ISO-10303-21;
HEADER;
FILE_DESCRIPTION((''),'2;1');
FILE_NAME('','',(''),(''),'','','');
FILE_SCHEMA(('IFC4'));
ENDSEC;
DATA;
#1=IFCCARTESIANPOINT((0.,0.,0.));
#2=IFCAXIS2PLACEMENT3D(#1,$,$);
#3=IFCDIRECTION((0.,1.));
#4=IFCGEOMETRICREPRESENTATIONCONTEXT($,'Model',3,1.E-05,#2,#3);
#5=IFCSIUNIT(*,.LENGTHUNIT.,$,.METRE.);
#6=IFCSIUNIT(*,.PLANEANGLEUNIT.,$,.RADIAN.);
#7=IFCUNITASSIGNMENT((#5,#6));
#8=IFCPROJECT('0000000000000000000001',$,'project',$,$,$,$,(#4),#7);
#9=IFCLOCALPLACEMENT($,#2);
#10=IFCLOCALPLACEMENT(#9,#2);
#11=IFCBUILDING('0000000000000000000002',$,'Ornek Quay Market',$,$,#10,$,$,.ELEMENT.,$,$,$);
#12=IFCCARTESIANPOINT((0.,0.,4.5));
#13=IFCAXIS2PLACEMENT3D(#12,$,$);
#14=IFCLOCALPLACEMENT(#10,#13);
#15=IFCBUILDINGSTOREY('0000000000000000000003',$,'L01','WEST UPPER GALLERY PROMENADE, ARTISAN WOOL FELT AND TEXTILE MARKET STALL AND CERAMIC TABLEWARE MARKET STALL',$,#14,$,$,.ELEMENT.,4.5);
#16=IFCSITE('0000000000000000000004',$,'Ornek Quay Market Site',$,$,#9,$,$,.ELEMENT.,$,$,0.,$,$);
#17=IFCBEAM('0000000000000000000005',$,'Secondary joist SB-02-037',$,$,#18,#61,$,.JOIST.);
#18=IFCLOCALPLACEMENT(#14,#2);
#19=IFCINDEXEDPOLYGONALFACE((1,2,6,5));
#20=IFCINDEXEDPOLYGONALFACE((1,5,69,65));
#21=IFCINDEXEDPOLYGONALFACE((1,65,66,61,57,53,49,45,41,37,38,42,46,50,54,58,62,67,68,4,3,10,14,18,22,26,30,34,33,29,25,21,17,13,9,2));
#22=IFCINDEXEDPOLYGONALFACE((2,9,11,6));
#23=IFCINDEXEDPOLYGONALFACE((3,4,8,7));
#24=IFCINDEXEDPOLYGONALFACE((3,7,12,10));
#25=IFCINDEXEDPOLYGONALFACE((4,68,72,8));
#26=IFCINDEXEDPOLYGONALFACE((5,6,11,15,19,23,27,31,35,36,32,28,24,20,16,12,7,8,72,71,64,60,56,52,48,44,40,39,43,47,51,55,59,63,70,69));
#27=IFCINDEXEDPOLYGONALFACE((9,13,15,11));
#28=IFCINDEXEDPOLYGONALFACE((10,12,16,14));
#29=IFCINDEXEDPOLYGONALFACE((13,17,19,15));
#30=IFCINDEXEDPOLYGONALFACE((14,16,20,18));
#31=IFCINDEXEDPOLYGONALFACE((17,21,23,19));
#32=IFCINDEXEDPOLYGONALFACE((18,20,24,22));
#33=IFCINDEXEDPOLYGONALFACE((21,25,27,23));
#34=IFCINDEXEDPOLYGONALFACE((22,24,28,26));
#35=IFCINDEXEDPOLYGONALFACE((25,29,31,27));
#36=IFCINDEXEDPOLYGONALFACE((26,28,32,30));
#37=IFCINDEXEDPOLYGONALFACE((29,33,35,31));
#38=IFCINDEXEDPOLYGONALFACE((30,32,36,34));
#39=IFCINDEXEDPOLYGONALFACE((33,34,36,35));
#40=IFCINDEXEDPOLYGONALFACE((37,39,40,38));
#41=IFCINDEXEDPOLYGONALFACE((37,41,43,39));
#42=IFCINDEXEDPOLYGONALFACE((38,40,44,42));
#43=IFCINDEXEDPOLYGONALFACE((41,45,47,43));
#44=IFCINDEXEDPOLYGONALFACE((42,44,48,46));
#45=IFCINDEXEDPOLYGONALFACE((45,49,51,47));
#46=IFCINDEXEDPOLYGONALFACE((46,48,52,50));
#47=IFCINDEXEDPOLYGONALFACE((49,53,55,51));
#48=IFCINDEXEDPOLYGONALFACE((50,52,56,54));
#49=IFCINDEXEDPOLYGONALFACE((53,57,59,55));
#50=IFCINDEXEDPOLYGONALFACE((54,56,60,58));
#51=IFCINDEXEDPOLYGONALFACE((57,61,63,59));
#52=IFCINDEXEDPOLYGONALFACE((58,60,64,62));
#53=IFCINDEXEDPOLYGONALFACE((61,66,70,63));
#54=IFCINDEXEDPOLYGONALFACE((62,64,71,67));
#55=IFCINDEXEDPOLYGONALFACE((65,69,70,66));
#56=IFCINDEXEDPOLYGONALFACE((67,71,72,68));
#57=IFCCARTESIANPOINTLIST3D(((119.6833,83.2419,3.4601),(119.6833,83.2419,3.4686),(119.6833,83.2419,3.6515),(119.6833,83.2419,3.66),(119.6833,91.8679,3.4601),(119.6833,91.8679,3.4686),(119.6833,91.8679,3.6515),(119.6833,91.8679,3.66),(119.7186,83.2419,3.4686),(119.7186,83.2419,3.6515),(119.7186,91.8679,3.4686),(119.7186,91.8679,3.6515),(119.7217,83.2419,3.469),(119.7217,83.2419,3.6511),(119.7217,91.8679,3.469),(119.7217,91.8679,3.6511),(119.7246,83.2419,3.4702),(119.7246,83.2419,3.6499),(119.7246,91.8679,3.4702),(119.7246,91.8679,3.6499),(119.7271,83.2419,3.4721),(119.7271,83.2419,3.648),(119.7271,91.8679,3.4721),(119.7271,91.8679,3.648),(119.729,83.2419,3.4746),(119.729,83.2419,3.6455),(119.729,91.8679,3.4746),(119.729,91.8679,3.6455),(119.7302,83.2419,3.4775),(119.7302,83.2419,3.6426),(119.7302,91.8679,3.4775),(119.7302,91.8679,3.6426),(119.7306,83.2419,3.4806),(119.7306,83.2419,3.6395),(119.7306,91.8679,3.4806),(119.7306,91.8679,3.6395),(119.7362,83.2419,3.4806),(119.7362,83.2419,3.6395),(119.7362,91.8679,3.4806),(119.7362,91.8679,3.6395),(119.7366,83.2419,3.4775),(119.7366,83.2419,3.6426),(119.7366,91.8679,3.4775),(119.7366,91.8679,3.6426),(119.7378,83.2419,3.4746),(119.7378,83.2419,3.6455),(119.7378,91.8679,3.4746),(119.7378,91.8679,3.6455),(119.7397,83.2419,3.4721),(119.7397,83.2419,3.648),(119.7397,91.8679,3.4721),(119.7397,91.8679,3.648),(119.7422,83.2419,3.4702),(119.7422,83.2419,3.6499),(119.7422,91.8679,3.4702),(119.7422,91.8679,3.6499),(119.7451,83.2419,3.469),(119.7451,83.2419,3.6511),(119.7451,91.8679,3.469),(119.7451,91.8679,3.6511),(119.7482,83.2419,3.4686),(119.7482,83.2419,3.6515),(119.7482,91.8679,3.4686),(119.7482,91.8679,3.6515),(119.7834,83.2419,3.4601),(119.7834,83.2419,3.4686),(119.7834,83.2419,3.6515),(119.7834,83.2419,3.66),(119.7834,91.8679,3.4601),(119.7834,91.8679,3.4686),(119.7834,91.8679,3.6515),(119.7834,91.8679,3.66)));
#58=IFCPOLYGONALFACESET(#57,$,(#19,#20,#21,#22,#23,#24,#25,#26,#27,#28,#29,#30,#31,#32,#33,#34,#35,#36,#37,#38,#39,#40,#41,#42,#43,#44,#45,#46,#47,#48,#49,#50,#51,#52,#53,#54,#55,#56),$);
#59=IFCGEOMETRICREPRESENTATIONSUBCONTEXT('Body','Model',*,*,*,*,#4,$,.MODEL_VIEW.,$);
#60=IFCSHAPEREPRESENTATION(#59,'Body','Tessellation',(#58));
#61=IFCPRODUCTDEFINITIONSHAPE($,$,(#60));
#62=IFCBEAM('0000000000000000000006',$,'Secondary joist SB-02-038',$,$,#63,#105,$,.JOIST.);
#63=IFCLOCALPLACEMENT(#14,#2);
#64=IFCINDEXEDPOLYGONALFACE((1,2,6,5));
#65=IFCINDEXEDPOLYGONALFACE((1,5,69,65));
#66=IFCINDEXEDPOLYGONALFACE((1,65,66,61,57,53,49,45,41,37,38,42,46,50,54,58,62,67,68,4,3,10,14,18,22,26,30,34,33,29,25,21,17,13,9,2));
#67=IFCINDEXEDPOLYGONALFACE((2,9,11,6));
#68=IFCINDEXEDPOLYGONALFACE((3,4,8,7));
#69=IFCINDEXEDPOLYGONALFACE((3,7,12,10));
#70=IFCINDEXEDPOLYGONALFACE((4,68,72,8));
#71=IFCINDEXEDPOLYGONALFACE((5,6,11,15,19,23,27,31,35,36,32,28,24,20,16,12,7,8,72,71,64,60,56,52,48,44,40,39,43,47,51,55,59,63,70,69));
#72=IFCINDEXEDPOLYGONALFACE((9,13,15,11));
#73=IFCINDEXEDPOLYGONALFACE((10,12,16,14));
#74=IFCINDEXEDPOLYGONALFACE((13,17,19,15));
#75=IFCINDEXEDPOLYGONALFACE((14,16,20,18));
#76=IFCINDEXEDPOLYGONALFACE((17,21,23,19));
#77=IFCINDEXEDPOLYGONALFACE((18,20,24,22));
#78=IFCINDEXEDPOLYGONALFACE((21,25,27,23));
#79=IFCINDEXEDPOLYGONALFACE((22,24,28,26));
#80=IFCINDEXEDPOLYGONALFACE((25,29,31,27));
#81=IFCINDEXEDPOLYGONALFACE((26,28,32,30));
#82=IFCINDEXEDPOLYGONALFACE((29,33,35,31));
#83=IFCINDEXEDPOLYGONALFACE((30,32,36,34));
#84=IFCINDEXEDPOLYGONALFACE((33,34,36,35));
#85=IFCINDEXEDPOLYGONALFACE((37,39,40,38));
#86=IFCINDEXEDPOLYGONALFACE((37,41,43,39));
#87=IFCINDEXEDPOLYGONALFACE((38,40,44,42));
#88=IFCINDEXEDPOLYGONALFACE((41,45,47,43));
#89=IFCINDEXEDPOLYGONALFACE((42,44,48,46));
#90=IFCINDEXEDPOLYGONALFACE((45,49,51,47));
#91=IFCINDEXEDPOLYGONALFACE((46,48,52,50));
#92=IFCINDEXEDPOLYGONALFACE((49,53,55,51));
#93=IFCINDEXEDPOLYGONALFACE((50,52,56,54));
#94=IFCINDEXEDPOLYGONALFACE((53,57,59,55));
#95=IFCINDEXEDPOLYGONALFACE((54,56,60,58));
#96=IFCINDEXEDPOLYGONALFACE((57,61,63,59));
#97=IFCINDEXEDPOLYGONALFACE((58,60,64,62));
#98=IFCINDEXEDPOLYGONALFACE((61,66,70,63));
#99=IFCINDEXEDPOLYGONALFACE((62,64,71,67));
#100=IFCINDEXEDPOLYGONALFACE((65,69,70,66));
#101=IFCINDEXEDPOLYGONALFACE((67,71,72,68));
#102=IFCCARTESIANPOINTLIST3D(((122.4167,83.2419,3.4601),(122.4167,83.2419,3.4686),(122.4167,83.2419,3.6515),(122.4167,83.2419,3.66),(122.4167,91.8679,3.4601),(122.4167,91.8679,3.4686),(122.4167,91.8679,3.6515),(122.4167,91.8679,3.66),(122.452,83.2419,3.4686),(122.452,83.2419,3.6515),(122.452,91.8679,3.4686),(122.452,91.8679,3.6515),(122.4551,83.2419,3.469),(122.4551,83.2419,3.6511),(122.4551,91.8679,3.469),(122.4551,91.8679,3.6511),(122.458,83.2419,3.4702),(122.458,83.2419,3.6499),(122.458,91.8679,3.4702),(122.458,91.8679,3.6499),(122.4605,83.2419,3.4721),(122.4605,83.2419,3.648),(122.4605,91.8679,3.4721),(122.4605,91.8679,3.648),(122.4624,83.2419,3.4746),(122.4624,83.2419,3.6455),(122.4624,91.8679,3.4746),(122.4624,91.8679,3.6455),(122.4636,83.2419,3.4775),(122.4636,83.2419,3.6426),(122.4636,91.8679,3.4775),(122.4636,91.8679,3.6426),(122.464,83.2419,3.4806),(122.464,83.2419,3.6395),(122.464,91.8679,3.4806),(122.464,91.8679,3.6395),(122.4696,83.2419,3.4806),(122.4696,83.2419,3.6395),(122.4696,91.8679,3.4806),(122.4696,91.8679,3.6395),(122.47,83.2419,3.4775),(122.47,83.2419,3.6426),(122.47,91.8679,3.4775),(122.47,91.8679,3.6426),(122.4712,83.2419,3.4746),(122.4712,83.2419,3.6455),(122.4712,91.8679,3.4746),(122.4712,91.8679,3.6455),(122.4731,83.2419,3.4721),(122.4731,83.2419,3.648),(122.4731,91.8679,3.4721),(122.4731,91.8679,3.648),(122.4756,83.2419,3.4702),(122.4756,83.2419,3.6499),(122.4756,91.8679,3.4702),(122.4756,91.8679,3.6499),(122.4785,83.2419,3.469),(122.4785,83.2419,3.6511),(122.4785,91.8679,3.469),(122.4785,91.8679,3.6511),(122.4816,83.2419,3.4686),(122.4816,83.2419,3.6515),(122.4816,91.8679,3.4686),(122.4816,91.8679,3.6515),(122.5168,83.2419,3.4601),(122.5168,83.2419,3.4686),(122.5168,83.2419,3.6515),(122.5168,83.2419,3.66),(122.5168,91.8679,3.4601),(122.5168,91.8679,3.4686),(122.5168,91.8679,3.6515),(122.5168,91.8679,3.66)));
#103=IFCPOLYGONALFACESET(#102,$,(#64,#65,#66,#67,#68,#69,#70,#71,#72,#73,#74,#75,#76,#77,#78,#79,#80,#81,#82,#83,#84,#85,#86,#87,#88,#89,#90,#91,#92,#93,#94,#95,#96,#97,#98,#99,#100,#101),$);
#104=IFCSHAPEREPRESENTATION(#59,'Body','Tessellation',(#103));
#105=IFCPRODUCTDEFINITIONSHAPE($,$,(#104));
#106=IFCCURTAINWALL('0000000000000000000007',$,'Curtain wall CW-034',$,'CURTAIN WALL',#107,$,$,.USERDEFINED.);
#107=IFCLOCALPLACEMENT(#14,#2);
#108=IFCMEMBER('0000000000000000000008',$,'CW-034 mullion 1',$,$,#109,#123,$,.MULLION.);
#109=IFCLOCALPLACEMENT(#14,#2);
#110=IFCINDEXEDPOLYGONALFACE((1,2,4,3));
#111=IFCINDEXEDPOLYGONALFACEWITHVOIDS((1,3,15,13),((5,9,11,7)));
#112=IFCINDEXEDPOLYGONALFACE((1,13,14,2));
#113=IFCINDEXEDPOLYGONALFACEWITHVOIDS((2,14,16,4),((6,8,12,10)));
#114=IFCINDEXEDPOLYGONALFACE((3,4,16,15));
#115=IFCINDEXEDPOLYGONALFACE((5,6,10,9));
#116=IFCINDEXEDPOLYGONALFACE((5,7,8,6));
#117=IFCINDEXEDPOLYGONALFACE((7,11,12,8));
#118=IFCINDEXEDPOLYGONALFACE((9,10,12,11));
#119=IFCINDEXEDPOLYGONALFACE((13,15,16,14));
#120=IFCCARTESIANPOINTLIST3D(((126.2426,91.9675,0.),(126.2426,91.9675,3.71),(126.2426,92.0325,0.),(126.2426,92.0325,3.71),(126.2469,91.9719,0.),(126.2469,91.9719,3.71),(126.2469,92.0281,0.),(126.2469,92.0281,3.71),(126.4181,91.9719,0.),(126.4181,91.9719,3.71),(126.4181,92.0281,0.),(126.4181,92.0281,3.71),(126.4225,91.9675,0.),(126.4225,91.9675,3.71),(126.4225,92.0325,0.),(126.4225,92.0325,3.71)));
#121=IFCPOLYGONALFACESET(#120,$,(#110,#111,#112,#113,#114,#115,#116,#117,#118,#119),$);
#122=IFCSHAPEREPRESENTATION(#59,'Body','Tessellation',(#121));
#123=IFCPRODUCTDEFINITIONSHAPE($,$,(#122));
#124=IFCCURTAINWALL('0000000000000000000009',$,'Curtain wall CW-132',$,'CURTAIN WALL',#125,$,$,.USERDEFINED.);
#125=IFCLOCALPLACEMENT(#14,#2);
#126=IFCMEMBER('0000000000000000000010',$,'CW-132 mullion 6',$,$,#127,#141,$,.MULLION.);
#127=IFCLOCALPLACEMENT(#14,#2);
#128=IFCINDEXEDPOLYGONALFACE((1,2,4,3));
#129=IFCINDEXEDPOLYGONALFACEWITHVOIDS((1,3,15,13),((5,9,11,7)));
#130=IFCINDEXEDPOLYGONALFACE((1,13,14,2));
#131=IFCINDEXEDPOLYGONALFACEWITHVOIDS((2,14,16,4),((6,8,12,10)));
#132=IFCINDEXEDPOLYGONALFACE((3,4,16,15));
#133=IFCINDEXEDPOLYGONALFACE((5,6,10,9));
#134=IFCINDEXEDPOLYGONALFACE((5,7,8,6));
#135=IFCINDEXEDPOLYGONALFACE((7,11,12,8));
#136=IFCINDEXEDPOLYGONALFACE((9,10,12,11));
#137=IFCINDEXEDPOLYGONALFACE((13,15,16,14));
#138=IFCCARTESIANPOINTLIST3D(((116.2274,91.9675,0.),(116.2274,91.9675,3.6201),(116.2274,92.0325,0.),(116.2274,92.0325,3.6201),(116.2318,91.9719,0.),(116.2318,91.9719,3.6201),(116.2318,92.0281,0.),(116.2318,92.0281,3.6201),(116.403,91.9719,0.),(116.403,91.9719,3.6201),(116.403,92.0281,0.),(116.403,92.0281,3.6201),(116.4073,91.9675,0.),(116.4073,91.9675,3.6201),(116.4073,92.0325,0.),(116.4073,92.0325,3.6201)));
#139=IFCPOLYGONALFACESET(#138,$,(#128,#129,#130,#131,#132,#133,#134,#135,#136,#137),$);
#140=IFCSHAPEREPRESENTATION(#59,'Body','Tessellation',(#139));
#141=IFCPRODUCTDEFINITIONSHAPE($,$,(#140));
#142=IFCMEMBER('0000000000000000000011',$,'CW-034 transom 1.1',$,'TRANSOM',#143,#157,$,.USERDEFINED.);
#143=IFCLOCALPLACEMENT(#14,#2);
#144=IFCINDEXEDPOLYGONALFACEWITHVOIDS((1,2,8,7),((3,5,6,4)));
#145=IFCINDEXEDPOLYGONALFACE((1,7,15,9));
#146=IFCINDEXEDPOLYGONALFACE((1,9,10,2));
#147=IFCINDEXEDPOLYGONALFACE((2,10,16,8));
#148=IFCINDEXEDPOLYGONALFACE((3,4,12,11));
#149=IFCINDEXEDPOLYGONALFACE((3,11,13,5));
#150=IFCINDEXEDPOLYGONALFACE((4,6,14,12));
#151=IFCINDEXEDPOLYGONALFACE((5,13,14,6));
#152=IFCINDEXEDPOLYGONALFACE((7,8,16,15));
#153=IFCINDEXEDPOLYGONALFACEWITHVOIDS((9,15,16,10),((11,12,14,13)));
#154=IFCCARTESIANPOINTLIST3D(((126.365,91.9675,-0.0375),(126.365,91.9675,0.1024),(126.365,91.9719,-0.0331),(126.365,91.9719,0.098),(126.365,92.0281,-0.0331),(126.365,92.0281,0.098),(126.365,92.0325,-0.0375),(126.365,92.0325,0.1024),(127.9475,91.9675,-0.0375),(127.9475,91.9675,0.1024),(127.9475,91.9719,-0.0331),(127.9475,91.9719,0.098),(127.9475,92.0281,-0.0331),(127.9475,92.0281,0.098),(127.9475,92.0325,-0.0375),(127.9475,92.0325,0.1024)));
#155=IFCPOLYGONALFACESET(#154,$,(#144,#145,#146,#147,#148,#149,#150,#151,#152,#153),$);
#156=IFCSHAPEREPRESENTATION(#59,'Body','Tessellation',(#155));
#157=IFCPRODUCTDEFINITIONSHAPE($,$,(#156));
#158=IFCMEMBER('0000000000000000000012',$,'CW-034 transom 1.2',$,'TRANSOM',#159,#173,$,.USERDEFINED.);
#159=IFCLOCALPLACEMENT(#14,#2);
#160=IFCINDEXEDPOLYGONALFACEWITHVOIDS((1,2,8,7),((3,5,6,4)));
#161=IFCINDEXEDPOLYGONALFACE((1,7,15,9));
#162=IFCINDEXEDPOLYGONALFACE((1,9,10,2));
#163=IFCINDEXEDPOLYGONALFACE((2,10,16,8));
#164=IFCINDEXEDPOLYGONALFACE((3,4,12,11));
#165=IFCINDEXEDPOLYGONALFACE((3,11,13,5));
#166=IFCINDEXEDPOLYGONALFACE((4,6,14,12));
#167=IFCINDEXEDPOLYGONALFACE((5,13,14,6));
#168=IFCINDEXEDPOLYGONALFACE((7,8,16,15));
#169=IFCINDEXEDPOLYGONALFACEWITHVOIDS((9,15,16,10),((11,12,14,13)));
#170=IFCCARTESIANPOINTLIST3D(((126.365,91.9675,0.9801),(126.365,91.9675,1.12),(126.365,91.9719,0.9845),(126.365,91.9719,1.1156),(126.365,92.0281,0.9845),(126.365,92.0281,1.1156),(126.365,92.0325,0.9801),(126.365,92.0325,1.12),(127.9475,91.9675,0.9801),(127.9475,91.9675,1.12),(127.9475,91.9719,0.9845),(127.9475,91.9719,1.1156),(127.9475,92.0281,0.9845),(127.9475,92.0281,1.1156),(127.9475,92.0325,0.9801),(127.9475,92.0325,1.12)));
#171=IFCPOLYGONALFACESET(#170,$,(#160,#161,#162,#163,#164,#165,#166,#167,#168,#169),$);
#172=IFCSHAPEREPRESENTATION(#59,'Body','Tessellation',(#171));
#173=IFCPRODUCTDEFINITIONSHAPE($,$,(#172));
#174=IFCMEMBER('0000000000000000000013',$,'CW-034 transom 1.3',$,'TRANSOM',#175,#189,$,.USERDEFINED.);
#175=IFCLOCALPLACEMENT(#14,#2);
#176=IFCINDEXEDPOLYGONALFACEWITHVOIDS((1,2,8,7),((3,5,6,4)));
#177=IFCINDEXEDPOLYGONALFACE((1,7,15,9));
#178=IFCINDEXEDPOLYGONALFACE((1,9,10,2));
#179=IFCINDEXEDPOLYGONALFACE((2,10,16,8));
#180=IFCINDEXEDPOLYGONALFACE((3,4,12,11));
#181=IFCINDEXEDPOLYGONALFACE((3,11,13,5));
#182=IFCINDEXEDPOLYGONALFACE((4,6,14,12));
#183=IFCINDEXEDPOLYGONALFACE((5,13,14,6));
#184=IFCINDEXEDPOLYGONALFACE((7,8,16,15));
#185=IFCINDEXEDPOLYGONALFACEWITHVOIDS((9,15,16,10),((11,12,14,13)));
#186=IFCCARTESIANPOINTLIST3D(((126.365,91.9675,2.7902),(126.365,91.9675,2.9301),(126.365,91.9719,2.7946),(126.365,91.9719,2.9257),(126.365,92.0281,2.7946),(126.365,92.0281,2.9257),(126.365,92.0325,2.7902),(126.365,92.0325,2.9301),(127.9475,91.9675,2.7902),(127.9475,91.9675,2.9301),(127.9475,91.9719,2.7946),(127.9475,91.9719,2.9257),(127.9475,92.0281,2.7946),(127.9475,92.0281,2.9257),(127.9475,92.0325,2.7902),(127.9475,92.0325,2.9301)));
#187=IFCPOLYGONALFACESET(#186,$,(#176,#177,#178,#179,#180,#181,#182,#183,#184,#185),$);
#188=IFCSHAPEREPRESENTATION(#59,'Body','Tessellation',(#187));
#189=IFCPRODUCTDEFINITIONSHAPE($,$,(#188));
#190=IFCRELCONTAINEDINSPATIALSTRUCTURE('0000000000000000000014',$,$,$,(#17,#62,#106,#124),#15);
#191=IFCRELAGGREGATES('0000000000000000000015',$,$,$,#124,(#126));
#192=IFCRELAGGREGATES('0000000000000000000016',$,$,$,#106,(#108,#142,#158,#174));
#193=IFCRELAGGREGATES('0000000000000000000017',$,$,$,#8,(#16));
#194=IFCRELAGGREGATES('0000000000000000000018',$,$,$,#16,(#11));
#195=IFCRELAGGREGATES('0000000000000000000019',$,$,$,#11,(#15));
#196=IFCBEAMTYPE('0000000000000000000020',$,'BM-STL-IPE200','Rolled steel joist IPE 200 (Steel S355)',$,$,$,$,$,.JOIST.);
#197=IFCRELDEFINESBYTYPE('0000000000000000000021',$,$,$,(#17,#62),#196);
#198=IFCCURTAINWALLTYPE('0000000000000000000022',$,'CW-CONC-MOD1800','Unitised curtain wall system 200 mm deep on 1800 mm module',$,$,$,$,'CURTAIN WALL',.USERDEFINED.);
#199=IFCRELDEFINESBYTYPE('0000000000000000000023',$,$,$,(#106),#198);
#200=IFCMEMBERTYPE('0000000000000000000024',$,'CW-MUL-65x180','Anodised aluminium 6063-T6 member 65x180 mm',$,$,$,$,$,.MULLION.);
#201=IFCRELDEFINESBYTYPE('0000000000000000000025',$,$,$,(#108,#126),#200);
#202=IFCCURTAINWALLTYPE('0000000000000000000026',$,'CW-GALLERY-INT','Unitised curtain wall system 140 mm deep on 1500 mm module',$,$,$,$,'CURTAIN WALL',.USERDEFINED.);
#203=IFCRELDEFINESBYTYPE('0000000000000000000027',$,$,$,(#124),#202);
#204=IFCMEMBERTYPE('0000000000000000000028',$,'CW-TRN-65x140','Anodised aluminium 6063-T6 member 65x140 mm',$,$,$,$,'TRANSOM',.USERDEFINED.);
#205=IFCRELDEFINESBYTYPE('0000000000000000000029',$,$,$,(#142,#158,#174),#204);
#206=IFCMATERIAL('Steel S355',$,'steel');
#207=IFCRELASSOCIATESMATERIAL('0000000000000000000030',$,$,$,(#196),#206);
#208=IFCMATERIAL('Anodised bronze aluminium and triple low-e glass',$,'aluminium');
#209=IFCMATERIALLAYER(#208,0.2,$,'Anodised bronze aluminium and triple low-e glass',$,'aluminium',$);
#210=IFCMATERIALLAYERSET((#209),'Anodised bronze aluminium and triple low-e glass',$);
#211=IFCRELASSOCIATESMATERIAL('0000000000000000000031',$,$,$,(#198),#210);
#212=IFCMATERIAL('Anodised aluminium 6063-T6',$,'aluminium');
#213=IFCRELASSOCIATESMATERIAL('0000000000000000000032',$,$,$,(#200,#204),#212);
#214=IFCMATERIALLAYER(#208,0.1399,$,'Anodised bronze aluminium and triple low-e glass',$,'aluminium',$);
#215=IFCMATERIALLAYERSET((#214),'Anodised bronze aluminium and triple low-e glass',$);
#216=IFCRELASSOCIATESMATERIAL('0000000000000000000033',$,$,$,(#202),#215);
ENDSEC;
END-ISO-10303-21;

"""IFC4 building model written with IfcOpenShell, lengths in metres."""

from ifc_helpers import new_model, si_unit, direction, frame, origin, origin_2d, place, context, subcontext, project, spatial, hollow_rectangle, i_section, extrude, material, layer, layer_set, material_profile, profile_set, type_object, element, aggregate, save


model = new_model("IFC4")

# Units and contexts
model_context = context("Model", 3, precision=1e-05, world=origin(), true_north=direction((0.0, 1.0)))
body_context = subcontext(model_context, "Body", "Model", "MODEL_VIEW")
ifc_project = project(units=[si_unit("LENGTHUNIT", "METRE"), si_unit("PLANEANGLEUNIT", "RADIAN")], contexts=[model_context])

# Site, building, storey
site_placement = place(None, origin())
site = spatial("IfcSite", under=ifc_project, at=site_placement, Name="Ornek Quay Market Site", CompositionType="ELEMENT", RefElevation=0.0)
building_placement = place(site_placement, origin())
building = spatial("IfcBuilding", under=site, at=building_placement, Name="Ornek Quay Market", CompositionType="ELEMENT")
storey_placement = place(building_placement, frame((0.0, 0.0, 4.5)))
storey = spatial("IfcBuildingStorey", under=building, at=storey_placement, Name="L01", Description="WEST UPPER GALLERY PROMENADE, ARTISAN WOOL FELT AND TEXTILE MARKET STALL AND CERAMIC TABLEWARE MARKET STALL", CompositionType="ELEMENT", Elevation=4.5)

# Beams
ifc_material_1 = material(Name="Steel S355", Category="steel")
ifc_material_profile_1 = material_profile(ifc_material_1, i_section(OverallWidth=0.1001, OverallDepth=0.2, WebThickness=0.0056, FlangeThickness=0.0085, FilletRadius=0.012, at=origin_2d()), Name="IPE 200", Category="steel")
ifc_profile_set_1 = profile_set([ifc_material_profile_1], Name="Steel S355")
beam_type_1 = type_object("IfcBeamType", Name="BM-STL-IPE200", Description="Rolled steel joist IPE 200 (Steel S355)", PredefinedType="JOIST", material=ifc_profile_set_1)
for number, where, z_axis, x_axis, name in (
    (1, (119.7334, 83.2419, 3.5601), (0.0, 1.0, 0.0), (-1.0, 0.0, 0.0), "Secondary joist SB-02-037"),
    (2, (122.4668, 83.2419, 3.5601), (0.0, 1.0, 0.0), (-1.0, 0.0, 0.0), "Secondary joist SB-02-038"),
):
    element("IfcBeam", number, at=place(storey_placement, frame(where, z_axis=z_axis, x_axis=x_axis)), inside=storey, type_object=beam_type_1, Name=name, PredefinedType="JOIST", context=body_context, shape_type="SweptSolid", body=[
        extrude(i_section(OverallWidth=0.1001, OverallDepth=0.2, WebThickness=0.0056, FlangeThickness=0.0085, FilletRadius=0.012, at=origin_2d()), origin(), (0.0, 0.0, 1.0), 8.626),
    ])

# Curtain walls, members
ifc_material_2 = material(Name="Anodised bronze aluminium and triple low-e glass", Category="aluminium")
ifc_layer_1 = layer(ifc_material_2, 0.2, Name="Anodised bronze aluminium and triple low-e glass", Category="aluminium")
ifc_layer_set_1 = layer_set([ifc_layer_1], Name="Anodised bronze aluminium and triple low-e glass")
curtain_wall_type_1 = type_object("IfcCurtainWallType", Name="CW-CONC-MOD1800", Description="Unitised curtain wall system 200 mm deep on 1800 mm module", ElementType="CURTAIN WALL", PredefinedType="USERDEFINED", material=ifc_layer_set_1)
curtain_wall_1_placement = place(storey_placement, origin())
curtain_wall_1 = element("IfcCurtainWall", 3, at=curtain_wall_1_placement, inside=storey, type_object=curtain_wall_type_1, Name="Curtain wall CW-034", ObjectType="CURTAIN WALL", PredefinedType="USERDEFINED")
ifc_material_3 = material(Name="Anodised aluminium 6063-T6", Category="aluminium")
ifc_material_profile_2 = material_profile(ifc_material_3, hollow_rectangle(XDim=0.0649, YDim=0.1799, WallThickness=0.0044, at=origin_2d()), Name="CW-MUL-65x180", Category="aluminium")
ifc_profile_set_2 = profile_set([ifc_material_profile_2], Name="Anodised aluminium 6063-T6")
member_type_1 = type_object("IfcMemberType", Name="CW-MUL-65x180", Description="Anodised aluminium 6063-T6 member 65x180 mm", PredefinedType="MULLION", material=ifc_profile_set_2)
member_1_placement = place(storey_placement, frame((126.3325, 92.0, 0.0), z_axis=(0.0, 0.0, 1.0), x_axis=(0.0, 1.0, 0.0)))
member_1 = element("IfcMember", 4, at=member_1_placement, type_object=member_type_1, Name="CW-034 mullion 1", PredefinedType="MULLION", context=body_context, shape_type="SweptSolid", body=[
    extrude(hollow_rectangle(XDim=0.0649, YDim=0.1799, WallThickness=0.0044, at=origin_2d()), origin(), (0.0, 0.0, 1.0), 3.71),
])
ifc_layer_2 = layer(ifc_material_2, 0.1399, Name="Anodised bronze aluminium and triple low-e glass", Category="aluminium")
ifc_layer_set_2 = layer_set([ifc_layer_2], Name="Anodised bronze aluminium and triple low-e glass")
curtain_wall_type_2 = type_object("IfcCurtainWallType", Name="CW-GALLERY-INT", Description="Unitised curtain wall system 140 mm deep on 1500 mm module", ElementType="CURTAIN WALL", PredefinedType="USERDEFINED", material=ifc_layer_set_2)
curtain_wall_2_placement = place(storey_placement, origin())
curtain_wall_2 = element("IfcCurtainWall", 5, at=curtain_wall_2_placement, inside=storey, type_object=curtain_wall_type_2, Name="Curtain wall CW-132", ObjectType="CURTAIN WALL", PredefinedType="USERDEFINED")
member_2_placement = place(storey_placement, frame((116.3174, 92.0, 0.0), z_axis=(0.0, 0.0, 1.0), x_axis=(0.0, 1.0, 0.0)))
member_2 = element("IfcMember", 6, at=member_2_placement, type_object=member_type_1, Name="CW-132 mullion 6", PredefinedType="MULLION", context=body_context, shape_type="SweptSolid", body=[
    extrude(hollow_rectangle(XDim=0.0649, YDim=0.1799, WallThickness=0.0044, at=origin_2d()), origin(), (0.0, 0.0, 1.0), 3.6201),
])

# Members
ifc_material_profile_3 = material_profile(ifc_material_3, hollow_rectangle(XDim=0.0649, YDim=0.1399, WallThickness=0.0044, at=origin_2d()), Name="CW-TRN-65x140", Category="aluminium")
ifc_profile_set_3 = profile_set([ifc_material_profile_3], Name="Anodised aluminium 6063-T6")
member_type_2 = type_object("IfcMemberType", Name="CW-TRN-65x140", Description="Anodised aluminium 6063-T6 member 65x140 mm", ElementType="TRANSOM", PredefinedType="USERDEFINED", material=ifc_profile_set_3)
member_3_placement = place(storey_placement, frame((126.365, 92.0, 0.0325), z_axis=(1.0, 0.0, 0.0), x_axis=(0.0, 1.0, 0.0)))
member_3 = element("IfcMember", 7, at=member_3_placement, type_object=member_type_2, Name="CW-034 transom 1.1", ObjectType="TRANSOM", PredefinedType="USERDEFINED", context=body_context, shape_type="SweptSolid", body=[
    extrude(hollow_rectangle(XDim=0.0649, YDim=0.1399, WallThickness=0.0044, at=origin_2d()), origin(), (0.0, 0.0, 1.0), 1.5825),
])
member_4_placement = place(storey_placement, frame((126.365, 92.0, 1.05), z_axis=(1.0, 0.0, 0.0), x_axis=(0.0, 1.0, 0.0)))
member_4 = element("IfcMember", 8, at=member_4_placement, type_object=member_type_2, Name="CW-034 transom 1.2", ObjectType="TRANSOM", PredefinedType="USERDEFINED", context=body_context, shape_type="SweptSolid", body=[
    extrude(hollow_rectangle(XDim=0.0649, YDim=0.1399, WallThickness=0.0044, at=origin_2d()), origin(), (0.0, 0.0, 1.0), 1.5825),
])
member_5_placement = place(storey_placement, frame((126.365, 92.0, 2.8601), z_axis=(1.0, 0.0, 0.0), x_axis=(0.0, 1.0, 0.0)))
member_5 = element("IfcMember", 9, at=member_5_placement, type_object=member_type_2, Name="CW-034 transom 1.3", ObjectType="TRANSOM", PredefinedType="USERDEFINED", context=body_context, shape_type="SweptSolid", body=[
    extrude(hollow_rectangle(XDim=0.0649, YDim=0.1399, WallThickness=0.0044, at=origin_2d()), origin(), (0.0, 0.0, 1.0), 1.5825),
])

aggregate(curtain_wall_2, [member_2])
aggregate(curtain_wall_1, [member_1, member_3, member_4, member_5])

save(model, "model.ifc")
